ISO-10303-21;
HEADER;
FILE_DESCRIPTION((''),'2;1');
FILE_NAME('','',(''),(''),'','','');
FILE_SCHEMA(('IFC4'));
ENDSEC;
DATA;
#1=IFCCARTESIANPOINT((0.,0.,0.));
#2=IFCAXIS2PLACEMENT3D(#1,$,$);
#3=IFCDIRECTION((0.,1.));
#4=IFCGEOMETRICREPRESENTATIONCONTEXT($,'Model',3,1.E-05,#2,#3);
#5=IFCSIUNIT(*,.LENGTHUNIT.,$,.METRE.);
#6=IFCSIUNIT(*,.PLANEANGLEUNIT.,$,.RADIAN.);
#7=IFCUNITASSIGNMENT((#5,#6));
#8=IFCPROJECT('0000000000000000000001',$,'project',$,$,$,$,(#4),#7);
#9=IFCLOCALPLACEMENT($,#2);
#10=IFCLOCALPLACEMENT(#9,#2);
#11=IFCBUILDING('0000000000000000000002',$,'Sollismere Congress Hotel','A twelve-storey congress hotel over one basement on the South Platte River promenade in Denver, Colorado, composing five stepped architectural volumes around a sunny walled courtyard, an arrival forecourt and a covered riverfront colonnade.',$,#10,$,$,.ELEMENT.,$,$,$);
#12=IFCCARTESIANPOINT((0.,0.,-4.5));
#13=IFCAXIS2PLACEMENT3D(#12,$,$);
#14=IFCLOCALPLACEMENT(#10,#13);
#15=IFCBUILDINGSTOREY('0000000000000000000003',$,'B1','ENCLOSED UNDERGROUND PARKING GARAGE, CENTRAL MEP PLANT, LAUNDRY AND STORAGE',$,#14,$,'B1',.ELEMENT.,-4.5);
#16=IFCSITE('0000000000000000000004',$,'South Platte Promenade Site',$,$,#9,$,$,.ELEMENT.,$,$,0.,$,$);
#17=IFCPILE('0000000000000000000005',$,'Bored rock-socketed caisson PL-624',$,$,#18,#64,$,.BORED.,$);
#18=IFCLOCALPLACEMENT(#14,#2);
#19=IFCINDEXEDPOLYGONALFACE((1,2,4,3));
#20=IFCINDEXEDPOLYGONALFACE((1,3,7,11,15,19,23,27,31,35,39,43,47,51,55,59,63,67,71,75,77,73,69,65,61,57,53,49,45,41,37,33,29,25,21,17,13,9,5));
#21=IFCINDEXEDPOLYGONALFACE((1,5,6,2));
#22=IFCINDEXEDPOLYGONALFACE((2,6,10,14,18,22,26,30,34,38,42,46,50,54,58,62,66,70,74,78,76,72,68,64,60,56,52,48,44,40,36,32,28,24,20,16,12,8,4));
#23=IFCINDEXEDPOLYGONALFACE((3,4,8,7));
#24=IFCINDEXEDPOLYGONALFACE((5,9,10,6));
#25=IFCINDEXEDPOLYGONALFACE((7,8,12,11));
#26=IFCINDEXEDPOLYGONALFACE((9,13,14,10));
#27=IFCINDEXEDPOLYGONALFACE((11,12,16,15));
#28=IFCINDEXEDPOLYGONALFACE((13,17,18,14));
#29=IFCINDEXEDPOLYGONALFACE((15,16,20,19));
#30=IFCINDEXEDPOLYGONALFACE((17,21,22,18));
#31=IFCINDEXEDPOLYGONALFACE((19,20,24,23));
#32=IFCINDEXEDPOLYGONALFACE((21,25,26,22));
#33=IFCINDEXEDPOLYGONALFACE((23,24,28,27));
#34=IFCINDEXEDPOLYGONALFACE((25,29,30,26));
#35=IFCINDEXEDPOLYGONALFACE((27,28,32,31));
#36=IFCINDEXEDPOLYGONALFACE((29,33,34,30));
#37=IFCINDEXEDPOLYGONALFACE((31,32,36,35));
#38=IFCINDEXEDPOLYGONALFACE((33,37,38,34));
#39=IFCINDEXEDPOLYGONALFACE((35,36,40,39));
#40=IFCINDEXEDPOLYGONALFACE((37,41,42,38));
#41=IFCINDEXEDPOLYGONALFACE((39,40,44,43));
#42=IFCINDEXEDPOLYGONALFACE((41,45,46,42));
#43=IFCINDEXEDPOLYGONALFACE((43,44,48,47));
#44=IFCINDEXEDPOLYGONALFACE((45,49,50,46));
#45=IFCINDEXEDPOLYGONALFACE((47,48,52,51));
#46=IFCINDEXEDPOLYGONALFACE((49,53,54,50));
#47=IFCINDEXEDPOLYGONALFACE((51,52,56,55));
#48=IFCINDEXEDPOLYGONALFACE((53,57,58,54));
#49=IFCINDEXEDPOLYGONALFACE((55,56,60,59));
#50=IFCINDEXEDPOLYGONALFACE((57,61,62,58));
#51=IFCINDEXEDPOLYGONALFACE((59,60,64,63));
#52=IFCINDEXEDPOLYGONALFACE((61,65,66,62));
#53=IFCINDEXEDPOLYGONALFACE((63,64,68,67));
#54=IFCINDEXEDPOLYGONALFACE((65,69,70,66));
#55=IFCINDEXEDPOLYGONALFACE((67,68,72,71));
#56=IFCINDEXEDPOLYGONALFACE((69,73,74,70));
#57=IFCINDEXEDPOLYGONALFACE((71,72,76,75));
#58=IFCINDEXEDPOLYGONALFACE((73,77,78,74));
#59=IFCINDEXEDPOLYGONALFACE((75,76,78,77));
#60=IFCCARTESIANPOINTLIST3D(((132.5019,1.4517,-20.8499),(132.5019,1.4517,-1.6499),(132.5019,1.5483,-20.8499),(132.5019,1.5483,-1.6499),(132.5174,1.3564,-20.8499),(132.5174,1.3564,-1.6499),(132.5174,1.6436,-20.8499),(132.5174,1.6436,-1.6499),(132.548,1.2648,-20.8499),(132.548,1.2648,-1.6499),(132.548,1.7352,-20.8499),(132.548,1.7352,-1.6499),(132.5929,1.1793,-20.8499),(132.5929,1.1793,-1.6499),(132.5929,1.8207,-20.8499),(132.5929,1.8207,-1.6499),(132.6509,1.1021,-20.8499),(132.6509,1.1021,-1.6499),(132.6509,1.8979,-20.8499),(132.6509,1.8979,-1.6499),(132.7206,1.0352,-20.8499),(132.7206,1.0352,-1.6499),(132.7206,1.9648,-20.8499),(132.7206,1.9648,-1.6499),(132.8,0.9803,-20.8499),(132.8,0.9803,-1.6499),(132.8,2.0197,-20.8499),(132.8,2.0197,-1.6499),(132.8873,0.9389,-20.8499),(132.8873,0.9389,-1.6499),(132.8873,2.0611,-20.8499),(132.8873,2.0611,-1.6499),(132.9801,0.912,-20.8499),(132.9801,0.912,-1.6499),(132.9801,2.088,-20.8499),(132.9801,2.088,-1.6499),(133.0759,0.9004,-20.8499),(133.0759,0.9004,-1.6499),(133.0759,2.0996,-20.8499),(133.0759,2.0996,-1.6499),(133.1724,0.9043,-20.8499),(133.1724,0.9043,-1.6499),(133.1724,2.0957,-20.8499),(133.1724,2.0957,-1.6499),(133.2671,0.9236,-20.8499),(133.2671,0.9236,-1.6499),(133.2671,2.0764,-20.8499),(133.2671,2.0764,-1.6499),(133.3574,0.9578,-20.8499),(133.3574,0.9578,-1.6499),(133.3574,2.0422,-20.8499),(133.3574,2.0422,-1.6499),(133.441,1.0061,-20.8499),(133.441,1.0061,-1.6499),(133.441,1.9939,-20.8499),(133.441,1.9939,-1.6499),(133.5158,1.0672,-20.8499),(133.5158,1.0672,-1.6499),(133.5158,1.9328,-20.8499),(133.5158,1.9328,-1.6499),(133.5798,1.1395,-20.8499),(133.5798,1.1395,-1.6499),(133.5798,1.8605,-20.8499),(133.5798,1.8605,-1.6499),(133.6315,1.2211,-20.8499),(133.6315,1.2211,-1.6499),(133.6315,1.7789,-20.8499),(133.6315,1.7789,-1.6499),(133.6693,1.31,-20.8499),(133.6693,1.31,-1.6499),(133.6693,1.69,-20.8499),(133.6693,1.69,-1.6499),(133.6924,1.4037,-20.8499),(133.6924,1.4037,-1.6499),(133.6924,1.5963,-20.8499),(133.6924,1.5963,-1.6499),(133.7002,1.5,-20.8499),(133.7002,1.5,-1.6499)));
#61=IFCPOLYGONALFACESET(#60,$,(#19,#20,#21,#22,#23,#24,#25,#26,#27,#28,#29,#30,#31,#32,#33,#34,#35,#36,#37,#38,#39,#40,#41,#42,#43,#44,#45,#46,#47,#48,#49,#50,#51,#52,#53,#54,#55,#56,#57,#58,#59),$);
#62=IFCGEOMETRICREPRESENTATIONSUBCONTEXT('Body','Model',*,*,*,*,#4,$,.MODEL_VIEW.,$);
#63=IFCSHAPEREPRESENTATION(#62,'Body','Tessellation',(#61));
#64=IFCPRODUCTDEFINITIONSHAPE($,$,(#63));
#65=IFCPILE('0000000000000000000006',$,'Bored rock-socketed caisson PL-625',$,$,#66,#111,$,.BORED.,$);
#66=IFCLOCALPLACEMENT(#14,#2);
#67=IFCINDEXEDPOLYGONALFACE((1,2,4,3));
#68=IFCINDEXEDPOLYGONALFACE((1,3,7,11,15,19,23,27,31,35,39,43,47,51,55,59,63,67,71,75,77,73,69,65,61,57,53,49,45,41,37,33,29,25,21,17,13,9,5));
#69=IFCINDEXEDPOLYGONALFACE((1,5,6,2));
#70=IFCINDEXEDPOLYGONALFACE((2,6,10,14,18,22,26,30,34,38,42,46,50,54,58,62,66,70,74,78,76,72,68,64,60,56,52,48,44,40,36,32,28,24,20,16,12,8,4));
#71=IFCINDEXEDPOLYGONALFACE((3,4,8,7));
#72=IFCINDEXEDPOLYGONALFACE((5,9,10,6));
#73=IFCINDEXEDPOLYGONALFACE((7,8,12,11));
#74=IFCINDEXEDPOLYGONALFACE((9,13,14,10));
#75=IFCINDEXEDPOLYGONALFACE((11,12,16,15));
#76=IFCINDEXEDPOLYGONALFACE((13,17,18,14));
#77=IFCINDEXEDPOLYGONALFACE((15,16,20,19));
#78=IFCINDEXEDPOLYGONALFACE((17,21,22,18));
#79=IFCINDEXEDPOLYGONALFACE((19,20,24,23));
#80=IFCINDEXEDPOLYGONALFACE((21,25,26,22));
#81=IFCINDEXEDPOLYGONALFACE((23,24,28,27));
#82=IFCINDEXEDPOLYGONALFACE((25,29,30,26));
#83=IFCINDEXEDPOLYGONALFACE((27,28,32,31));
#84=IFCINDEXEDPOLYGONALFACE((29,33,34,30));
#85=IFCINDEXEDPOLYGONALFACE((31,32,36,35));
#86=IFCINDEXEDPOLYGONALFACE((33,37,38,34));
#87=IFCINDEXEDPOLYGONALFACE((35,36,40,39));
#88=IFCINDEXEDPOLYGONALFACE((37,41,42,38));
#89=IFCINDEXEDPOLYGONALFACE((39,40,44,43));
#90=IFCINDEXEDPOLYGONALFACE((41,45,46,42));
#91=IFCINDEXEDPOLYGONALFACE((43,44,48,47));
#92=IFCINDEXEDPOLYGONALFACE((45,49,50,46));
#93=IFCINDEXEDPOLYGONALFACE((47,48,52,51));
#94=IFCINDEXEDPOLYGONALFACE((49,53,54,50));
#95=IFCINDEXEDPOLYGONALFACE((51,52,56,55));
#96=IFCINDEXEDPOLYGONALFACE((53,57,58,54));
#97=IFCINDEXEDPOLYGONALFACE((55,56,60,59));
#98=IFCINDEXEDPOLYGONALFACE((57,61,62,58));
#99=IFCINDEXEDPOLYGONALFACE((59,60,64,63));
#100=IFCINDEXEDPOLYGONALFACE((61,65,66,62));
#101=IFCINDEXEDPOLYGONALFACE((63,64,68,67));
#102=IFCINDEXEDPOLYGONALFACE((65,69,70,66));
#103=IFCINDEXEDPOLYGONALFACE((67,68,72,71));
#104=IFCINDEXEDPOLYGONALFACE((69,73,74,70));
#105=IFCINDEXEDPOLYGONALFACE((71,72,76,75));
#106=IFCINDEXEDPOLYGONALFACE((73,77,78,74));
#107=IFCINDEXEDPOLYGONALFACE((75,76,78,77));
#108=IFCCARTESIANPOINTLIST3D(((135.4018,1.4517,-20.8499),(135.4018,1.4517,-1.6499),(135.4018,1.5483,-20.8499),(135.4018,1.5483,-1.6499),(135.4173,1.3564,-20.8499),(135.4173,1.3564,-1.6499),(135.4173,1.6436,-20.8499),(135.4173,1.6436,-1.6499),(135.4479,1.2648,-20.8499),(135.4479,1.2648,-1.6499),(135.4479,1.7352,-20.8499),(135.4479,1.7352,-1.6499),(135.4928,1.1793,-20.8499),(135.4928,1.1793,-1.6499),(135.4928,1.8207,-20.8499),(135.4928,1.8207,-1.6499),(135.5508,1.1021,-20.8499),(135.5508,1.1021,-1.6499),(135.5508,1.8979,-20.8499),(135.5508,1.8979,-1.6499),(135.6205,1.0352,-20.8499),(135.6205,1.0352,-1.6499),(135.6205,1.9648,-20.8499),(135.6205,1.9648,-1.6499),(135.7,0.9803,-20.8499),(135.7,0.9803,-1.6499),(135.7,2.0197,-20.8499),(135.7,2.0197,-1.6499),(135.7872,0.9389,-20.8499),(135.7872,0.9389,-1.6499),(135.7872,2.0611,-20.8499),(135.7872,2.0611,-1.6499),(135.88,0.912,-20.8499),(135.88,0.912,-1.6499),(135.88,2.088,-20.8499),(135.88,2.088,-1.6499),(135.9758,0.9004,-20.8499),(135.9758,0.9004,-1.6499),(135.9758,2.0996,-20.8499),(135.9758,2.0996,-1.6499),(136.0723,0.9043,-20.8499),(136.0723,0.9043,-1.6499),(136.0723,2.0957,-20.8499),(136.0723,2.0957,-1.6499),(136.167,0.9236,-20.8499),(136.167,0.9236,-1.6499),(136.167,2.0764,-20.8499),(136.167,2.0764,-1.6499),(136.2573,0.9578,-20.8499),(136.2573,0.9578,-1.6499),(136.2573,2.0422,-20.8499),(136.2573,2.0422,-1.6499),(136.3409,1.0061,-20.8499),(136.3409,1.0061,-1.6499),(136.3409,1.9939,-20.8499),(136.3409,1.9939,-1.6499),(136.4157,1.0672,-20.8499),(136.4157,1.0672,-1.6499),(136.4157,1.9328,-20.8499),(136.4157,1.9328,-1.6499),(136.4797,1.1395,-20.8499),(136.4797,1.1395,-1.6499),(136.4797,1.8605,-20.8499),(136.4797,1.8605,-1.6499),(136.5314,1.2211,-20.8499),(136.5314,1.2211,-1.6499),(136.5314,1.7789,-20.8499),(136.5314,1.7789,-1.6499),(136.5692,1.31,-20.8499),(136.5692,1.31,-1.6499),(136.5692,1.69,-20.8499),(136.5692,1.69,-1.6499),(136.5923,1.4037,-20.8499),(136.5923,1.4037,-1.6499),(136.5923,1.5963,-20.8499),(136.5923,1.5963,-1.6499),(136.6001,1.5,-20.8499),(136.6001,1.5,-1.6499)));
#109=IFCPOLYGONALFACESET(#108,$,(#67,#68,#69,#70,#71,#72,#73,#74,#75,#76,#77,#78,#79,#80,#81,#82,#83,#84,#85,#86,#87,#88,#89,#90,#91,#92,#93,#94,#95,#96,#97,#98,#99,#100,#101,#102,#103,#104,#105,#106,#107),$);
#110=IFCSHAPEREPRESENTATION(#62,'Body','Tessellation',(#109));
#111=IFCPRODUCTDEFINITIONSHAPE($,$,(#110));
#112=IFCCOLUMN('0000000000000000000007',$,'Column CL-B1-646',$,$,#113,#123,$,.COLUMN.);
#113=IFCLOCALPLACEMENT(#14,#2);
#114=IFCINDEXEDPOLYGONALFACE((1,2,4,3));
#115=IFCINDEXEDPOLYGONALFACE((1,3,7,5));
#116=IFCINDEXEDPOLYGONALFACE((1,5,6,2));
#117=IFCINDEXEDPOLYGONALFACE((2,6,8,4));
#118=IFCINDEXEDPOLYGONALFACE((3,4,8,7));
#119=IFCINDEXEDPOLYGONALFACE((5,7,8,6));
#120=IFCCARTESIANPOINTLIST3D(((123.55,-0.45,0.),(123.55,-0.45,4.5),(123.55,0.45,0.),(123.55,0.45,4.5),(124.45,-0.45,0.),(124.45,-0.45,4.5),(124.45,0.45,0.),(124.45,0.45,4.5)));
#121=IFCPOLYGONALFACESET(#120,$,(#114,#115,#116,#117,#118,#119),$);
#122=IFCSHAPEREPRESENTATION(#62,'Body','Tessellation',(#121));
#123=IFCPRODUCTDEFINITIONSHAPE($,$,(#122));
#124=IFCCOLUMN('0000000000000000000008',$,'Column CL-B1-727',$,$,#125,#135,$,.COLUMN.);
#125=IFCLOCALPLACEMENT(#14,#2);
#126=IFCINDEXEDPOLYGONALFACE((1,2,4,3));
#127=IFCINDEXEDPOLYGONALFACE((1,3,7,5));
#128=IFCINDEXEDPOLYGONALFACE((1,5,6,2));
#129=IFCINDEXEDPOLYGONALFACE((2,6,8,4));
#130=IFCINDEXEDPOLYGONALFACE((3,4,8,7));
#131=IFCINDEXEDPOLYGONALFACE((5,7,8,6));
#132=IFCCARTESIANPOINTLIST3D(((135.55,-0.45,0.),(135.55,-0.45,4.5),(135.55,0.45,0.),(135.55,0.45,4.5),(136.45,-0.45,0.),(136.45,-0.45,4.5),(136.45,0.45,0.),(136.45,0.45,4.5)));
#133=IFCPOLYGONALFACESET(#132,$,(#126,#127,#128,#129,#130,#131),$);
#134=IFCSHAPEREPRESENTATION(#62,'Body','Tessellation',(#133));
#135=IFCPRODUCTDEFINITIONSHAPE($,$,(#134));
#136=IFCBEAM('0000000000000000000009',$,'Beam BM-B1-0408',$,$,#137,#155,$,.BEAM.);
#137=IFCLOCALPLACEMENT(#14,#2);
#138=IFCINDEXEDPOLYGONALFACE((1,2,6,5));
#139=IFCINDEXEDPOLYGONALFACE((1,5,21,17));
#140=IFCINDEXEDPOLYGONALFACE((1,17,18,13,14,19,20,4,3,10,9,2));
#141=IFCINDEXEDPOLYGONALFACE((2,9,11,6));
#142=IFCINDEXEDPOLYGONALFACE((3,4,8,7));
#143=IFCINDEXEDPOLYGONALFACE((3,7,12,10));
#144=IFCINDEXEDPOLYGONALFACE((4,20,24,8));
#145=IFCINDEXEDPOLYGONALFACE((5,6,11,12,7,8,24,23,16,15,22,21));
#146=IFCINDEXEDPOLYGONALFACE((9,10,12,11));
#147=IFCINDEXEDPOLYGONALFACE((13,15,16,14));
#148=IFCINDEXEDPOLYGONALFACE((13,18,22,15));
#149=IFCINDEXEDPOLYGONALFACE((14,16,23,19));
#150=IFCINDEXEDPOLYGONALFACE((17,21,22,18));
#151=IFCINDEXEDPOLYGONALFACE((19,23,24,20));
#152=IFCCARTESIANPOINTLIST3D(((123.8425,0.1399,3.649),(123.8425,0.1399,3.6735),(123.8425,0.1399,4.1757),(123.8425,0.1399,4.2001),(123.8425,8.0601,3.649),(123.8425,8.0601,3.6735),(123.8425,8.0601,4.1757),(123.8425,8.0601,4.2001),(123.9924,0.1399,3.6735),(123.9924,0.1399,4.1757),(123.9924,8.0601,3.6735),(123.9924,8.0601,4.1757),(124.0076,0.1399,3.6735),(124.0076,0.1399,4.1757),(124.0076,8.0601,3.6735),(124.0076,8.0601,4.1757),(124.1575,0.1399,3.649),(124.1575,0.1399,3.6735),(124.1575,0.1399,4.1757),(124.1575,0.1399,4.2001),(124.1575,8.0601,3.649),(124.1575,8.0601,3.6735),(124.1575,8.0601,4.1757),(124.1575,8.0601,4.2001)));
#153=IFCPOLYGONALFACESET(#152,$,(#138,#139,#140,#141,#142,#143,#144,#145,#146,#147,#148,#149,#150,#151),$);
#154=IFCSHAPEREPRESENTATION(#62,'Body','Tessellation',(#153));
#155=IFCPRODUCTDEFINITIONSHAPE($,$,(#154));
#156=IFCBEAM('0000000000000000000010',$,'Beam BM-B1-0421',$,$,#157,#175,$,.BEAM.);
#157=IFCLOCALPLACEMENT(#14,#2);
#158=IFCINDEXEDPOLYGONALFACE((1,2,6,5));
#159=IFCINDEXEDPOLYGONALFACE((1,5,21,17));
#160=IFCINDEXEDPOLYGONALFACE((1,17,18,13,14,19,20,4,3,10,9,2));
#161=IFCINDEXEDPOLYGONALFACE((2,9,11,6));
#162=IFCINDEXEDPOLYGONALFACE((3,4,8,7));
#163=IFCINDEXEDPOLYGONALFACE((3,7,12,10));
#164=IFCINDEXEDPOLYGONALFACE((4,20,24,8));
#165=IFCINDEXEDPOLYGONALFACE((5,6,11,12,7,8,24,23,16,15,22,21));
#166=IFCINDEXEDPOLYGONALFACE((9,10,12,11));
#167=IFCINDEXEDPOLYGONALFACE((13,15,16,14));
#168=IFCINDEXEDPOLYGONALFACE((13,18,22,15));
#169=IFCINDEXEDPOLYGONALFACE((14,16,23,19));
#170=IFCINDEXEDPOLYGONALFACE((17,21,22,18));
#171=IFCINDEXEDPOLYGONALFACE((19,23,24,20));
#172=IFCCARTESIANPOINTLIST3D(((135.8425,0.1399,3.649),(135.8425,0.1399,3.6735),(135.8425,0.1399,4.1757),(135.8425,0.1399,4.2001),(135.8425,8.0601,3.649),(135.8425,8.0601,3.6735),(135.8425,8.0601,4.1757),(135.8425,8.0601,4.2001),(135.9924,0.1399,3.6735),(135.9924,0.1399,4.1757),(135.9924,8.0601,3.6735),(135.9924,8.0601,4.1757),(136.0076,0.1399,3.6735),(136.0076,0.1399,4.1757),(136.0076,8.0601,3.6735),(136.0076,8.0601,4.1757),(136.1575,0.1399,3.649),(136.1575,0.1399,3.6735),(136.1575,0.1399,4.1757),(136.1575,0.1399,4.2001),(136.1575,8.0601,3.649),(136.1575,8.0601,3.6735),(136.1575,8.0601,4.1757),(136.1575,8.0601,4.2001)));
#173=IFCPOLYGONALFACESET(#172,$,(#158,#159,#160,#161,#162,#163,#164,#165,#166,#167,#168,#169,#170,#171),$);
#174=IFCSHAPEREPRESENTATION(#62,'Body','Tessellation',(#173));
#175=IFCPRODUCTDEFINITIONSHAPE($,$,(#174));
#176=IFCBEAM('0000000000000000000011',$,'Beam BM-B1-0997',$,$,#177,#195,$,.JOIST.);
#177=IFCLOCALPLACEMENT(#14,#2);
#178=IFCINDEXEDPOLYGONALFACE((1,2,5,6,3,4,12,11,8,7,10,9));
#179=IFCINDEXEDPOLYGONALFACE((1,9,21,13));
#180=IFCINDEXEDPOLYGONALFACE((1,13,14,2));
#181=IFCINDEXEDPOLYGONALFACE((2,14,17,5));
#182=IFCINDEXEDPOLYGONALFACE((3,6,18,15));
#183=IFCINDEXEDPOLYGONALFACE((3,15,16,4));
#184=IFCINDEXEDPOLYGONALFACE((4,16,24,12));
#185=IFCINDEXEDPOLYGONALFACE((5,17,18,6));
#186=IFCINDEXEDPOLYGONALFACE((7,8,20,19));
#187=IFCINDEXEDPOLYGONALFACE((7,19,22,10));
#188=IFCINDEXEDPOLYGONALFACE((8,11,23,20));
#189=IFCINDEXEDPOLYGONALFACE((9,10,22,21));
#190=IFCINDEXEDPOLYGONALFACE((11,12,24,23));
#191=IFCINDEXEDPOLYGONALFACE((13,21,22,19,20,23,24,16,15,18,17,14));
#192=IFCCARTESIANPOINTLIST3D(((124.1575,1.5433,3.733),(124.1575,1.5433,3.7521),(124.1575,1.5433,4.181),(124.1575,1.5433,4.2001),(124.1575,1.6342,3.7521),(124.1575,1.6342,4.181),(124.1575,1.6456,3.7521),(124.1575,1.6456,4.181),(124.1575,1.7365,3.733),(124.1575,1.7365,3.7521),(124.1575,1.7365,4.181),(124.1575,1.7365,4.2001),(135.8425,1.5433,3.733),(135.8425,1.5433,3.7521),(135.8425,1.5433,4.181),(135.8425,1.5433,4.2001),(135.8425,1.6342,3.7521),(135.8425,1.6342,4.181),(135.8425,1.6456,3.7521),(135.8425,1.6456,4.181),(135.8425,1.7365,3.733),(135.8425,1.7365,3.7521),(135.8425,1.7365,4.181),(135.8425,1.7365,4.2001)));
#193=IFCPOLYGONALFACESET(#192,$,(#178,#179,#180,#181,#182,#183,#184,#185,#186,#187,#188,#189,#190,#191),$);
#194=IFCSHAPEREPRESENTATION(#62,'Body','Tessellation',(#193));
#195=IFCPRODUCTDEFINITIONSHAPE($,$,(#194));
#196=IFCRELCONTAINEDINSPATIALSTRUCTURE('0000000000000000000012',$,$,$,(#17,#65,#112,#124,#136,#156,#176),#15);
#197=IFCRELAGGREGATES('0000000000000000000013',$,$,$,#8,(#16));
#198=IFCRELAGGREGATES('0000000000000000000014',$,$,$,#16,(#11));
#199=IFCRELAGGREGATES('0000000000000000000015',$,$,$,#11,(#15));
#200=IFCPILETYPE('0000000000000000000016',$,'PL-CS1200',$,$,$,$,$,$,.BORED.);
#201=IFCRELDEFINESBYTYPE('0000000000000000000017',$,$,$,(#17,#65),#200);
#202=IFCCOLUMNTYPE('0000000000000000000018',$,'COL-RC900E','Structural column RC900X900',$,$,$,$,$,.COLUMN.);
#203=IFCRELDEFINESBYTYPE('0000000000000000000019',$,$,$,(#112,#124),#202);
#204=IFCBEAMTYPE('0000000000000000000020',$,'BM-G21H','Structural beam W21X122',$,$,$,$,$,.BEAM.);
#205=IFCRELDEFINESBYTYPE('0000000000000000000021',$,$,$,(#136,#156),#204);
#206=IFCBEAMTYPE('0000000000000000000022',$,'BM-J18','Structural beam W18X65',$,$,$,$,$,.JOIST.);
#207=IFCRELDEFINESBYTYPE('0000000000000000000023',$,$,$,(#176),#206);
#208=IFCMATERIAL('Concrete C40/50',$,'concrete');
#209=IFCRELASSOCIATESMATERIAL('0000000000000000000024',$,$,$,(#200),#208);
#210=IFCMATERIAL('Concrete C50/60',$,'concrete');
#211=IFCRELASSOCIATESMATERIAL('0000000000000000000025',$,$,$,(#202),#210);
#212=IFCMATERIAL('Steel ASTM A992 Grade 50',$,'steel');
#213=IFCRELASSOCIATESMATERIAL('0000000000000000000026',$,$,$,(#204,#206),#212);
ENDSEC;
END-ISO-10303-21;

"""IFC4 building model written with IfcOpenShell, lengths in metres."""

from ifc_helpers import new_model, si_unit, direction, frame, origin, origin_2d, place, context, subcontext, project, spatial, rectangle, circle, i_section, extrude, material, material_profile, profile_set, type_object, element, save


model = new_model("IFC4")

# Units and contexts
model_context = context("Model", 3, precision=1e-05, world=origin(), true_north=direction((0.0, 1.0)))
body_context = subcontext(model_context, "Body", "Model", "MODEL_VIEW")
ifc_project = project(units=[si_unit("LENGTHUNIT", "METRE"), si_unit("PLANEANGLEUNIT", "RADIAN")], contexts=[model_context])

# Site, building, storey
site_placement = place(None, origin())
site = spatial("IfcSite", under=ifc_project, at=site_placement, Name="South Platte Promenade Site", CompositionType="ELEMENT", RefElevation=0.0)
building_placement = place(site_placement, origin())
building = spatial("IfcBuilding", under=site, at=building_placement, Name="Sollismere Congress Hotel", Description="A twelve-storey congress hotel over one basement on the South Platte River promenade in Denver, Colorado, composing five stepped architectural volumes around a sunny walled courtyard, an arrival forecourt and a covered riverfront colonnade.", CompositionType="ELEMENT")
storey_placement = place(building_placement, frame((0.0, 0.0, -4.5)))
storey = spatial("IfcBuildingStorey", under=building, at=storey_placement, Name="B1", Description="ENCLOSED UNDERGROUND PARKING GARAGE, CENTRAL MEP PLANT, LAUNDRY AND STORAGE", LongName="B1", CompositionType="ELEMENT", Elevation=-4.5)

# Shared definitions
ifc_material_1 = material(Name="Concrete C40/50", Category="concrete")

# Piles
ifc_material_profile_1 = material_profile(ifc_material_1, circle(Radius=0.6001, at=origin_2d()), Name="CAISSON1200")
ifc_profile_set_1 = profile_set([ifc_material_profile_1], Name="Concrete C40/50")
pile_type = type_object("IfcPileType", Name="PL-CS1200", PredefinedType="BORED", material=ifc_profile_set_1)
for number, where, z_axis, x_axis, name in (
    (1, (133.1001, 1.5, -1.6499), (0.0, 0.0, -1.0), (1.0, 0.0, 0.0), "Bored rock-socketed caisson PL-624"),
    (2, (136.0, 1.5, -1.6499), (0.0, 0.0, -1.0), (1.0, 0.0, 0.0), "Bored rock-socketed caisson PL-625"),
):
    element("IfcPile", number, at=place(storey_placement, frame(where, z_axis=z_axis, x_axis=x_axis)), inside=storey, type_object=pile_type, Name=name, PredefinedType="BORED", context=body_context, shape_type="SweptSolid", body=[
        extrude(circle(Radius=0.6001, at=origin_2d()), origin(), (0.0, 0.0, 1.0), 19.2),
    ])

# Columns
ifc_material_2 = material(Name="Concrete C50/60", Category="concrete")
ifc_material_profile_2 = material_profile(ifc_material_2, rectangle(XDim=0.8999, YDim=0.8999, at=origin_2d()), Name="RC900X900")
ifc_profile_set_2 = profile_set([ifc_material_profile_2], Name="Concrete C50/60")
column_type = type_object("IfcColumnType", Name="COL-RC900E", Description="Structural column RC900X900", PredefinedType="COLUMN", material=ifc_profile_set_2)
for number, where, z_axis, x_axis, name in (
    (3, (124.0, 0.0, 0.0), (0.0, 0.0, 1.0), (0.0, 1.0, 0.0), "Column CL-B1-646"),
    (4, (136.0, 0.0, 0.0), (0.0, 0.0, 1.0), (0.0, 1.0, 0.0), "Column CL-B1-727"),
):
    element("IfcColumn", number, at=place(storey_placement, frame(where, z_axis=z_axis, x_axis=x_axis)), inside=storey, type_object=column_type, Name=name, PredefinedType="COLUMN", context=body_context, shape_type="SweptSolid", body=[
        extrude(rectangle(XDim=0.8999, YDim=0.8999, at=origin_2d()), origin(), (0.0, 0.0, 1.0), 4.5),
    ])

# Beams
ifc_material_3 = material(Name="Steel ASTM A992 Grade 50", Category="steel")
ifc_material_profile_3 = material_profile(ifc_material_3, i_section(OverallWidth=0.3149, OverallDepth=0.551, WebThickness=0.0151, FlangeThickness=0.0244, at=origin_2d()), Name="W21X122")
ifc_profile_set_3 = profile_set([ifc_material_profile_3], Name="Steel ASTM A992 Grade 50")
beam_type_1 = type_object("IfcBeamType", Name="BM-G21H", Description="Structural beam W21X122", PredefinedType="BEAM", material=ifc_profile_set_3)
for number, where, z_axis, x_axis, name in (
    (5, (124.0, 0.1399, 3.9246), (0.0, 1.0, 0.0), (-1.0, 0.0, 0.0), "Beam BM-B1-0408"),
    (6, (136.0, 0.1399, 3.9246), (0.0, 1.0, 0.0), (-1.0, 0.0, 0.0), "Beam BM-B1-0421"),
):
    element("IfcBeam", number, at=place(storey_placement, frame(where, z_axis=z_axis, x_axis=x_axis)), inside=storey, type_object=beam_type_1, Name=name, PredefinedType="BEAM", context=body_context, shape_type="SweptSolid", body=[
        extrude(i_section(OverallWidth=0.3149, OverallDepth=0.551, WebThickness=0.0151, FlangeThickness=0.0244, at=origin_2d()), origin(), (0.0, 0.0, 1.0), 7.9202),
    ])
ifc_material_profile_4 = material_profile(ifc_material_3, i_section(OverallWidth=0.1931, OverallDepth=0.467, WebThickness=0.0115, FlangeThickness=0.019, at=origin_2d()), Name="W18X65")
ifc_profile_set_4 = profile_set([ifc_material_profile_4], Name="Steel ASTM A992 Grade 50")
beam_type_2 = type_object("IfcBeamType", Name="BM-J18", Description="Structural beam W18X65", PredefinedType="JOIST", material=ifc_profile_set_4)
for number, where, z_axis, x_axis, name in (
    (7, (124.1575, 1.6399, 3.9666), (1.0, 0.0, 0.0), (0.0, 1.0, 0.0), "Beam BM-B1-0997"),
):
    element("IfcBeam", number, at=place(storey_placement, frame(where, z_axis=z_axis, x_axis=x_axis)), inside=storey, type_object=beam_type_2, Name=name, PredefinedType="JOIST", context=body_context, shape_type="SweptSolid", body=[
        extrude(i_section(OverallWidth=0.1931, OverallDepth=0.467, WebThickness=0.0115, FlangeThickness=0.019, at=origin_2d()), origin(), (0.0, 0.0, 1.0), 11.6851),
    ])

save(model, "model.ifc")
